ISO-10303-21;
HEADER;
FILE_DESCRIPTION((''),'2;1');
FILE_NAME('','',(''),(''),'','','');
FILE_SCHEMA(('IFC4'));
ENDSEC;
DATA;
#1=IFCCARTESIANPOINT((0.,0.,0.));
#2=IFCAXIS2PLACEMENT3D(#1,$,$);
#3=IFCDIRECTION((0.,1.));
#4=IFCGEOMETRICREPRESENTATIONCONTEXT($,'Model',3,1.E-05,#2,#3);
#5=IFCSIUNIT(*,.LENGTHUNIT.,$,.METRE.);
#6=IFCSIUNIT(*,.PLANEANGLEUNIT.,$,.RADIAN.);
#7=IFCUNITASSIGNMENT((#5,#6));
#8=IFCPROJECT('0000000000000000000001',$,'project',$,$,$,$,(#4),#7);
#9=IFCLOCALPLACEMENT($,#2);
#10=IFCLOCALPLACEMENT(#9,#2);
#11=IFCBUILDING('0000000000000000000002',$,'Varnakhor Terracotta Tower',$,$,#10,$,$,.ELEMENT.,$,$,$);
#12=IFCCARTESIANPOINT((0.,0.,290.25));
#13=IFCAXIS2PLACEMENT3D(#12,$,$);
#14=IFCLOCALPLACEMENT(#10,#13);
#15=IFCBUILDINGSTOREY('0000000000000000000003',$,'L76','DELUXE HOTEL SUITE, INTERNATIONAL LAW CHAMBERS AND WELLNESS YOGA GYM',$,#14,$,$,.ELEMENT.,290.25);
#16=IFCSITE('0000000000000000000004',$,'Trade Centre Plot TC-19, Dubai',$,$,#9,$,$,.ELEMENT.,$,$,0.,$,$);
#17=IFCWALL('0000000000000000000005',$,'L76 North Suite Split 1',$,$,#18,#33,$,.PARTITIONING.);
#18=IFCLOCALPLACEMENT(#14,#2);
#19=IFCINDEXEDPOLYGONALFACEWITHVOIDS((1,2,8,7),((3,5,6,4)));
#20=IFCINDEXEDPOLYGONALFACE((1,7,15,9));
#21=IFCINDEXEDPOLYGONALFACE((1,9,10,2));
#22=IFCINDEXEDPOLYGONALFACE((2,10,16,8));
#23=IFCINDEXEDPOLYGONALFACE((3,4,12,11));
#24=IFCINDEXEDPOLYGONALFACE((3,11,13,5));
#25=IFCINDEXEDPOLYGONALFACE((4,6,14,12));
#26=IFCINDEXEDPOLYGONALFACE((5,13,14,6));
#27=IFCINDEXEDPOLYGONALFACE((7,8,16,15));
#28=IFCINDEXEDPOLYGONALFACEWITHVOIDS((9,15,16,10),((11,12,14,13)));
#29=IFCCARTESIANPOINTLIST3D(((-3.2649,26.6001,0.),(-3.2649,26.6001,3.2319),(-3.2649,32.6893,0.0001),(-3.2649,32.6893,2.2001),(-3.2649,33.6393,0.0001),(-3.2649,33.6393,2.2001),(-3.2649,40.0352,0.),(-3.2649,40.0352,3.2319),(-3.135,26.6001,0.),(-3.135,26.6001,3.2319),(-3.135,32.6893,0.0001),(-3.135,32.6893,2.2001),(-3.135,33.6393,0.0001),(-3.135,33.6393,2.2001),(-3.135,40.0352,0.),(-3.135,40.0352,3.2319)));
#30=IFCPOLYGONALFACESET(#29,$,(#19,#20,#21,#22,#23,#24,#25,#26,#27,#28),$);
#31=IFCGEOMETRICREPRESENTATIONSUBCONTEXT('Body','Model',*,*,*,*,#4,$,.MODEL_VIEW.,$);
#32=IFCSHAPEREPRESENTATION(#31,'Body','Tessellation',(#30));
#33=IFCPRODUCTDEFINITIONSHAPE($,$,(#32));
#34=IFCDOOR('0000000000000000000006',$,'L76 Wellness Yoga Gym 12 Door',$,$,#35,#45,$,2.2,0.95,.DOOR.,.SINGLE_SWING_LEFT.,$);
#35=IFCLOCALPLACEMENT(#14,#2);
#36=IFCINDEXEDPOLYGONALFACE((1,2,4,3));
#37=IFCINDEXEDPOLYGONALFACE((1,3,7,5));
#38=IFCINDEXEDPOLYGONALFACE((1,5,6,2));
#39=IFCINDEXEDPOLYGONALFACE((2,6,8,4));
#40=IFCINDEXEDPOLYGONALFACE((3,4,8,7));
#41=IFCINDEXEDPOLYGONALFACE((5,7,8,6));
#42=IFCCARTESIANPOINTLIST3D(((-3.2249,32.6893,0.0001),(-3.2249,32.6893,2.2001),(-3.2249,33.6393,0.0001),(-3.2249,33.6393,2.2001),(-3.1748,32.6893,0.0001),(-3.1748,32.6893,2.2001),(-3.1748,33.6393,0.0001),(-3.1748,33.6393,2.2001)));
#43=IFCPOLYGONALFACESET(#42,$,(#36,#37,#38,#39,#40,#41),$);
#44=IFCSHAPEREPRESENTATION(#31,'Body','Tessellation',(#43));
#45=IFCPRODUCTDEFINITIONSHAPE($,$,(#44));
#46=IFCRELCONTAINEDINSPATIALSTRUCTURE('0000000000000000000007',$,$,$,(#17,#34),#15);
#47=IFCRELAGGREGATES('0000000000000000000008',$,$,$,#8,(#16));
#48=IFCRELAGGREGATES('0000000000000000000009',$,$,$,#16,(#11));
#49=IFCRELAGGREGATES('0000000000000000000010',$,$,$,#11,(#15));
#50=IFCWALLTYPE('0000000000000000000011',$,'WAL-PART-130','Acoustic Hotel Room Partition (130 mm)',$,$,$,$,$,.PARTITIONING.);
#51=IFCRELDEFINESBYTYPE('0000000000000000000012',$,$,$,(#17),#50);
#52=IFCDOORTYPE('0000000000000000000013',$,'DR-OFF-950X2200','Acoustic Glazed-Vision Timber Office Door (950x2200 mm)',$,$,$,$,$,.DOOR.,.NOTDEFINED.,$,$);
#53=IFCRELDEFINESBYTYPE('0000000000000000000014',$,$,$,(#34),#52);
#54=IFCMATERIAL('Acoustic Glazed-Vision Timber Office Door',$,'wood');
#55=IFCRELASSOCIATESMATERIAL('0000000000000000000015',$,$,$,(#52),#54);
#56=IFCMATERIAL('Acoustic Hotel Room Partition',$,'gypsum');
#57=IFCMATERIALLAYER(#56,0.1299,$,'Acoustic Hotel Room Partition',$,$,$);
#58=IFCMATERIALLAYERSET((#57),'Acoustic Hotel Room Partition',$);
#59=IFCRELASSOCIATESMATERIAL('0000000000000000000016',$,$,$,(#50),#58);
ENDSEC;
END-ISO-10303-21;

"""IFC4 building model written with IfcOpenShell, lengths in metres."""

from ifc_helpers import new_model, si_unit, direction, frame, frame_2d, origin, place, context, subcontext, project, spatial, rectangle, extrude, source, transform, mapped, material, layer, layer_set, type_object, type_shapes, element, fill, save


model = new_model("IFC4")

# Units and contexts
model_context = context("Model", 3, precision=1e-05, world=origin(), true_north=direction((0.0, 1.0)))
body_context = subcontext(model_context, "Body", "Model", "MODEL_VIEW")
ifc_project = project(units=[si_unit("LENGTHUNIT", "METRE"), si_unit("PLANEANGLEUNIT", "RADIAN")], contexts=[model_context])

# Site, building, storey
site_placement = place(None, origin())
site = spatial("IfcSite", under=ifc_project, at=site_placement, Name="Trade Centre Plot TC-19, Dubai", CompositionType="ELEMENT", RefElevation=0.0)
building_placement = place(site_placement, origin())
building = spatial("IfcBuilding", under=site, at=building_placement, Name="Varnakhor Terracotta Tower", CompositionType="ELEMENT")
storey_placement = place(building_placement, frame((0.0, 0.0, 290.25)))
storey = spatial("IfcBuildingStorey", under=building, at=storey_placement, Name="L76", Description="DELUXE HOTEL SUITE, INTERNATIONAL LAW CHAMBERS AND WELLNESS YOGA GYM", CompositionType="ELEMENT", Elevation=290.25)

# Shared definitions
ifc_material_1 = material(Name="Acoustic Glazed-Vision Timber Office Door", Category="wood")
door_type_1 = type_object("IfcDoorType", Name="DR-OFF-950X2200", Description="Acoustic Glazed-Vision Timber Office Door (950x2200 mm)", OperationType="NOTDEFINED", PredefinedType="DOOR", material=ifc_material_1)
shared_shape_1 = source(origin(), body_context, "Body", "SweptSolid", [
    extrude(rectangle(XDim=0.95, YDim=2.2, at=frame_2d((0.4751, 1.1001))), frame((0.0, 0.0249, 0.0), z_axis=(0.0, -1.0, 0.0), x_axis=(1.0, 0.0, 0.0)), (0.0, 0.0, 1.0), 0.05),
])
type_shapes(door_type_1, [shared_shape_1])

# Shared definitions
ifc_material_2 = material(Name="Acoustic Hotel Room Partition", Category="gypsum")
ifc_layer_1 = layer(ifc_material_2, 0.1299, Name="Acoustic Hotel Room Partition")
ifc_layer_set_1 = layer_set([ifc_layer_1], Name="Acoustic Hotel Room Partition")
wall_type_1 = type_object("IfcWallType", Name="WAL-PART-130", Description="Acoustic Hotel Room Partition (130 mm)", PredefinedType="PARTITIONING", material=ifc_layer_set_1)

# Wall, opening, door
wall_1_placement = place(storey_placement, frame((-3.2, 26.6001, 0.0), z_axis=(0.0, 0.0, 1.0), x_axis=(0.0, 1.0, 0.0)))
wall_1 = element("IfcWall", 1, at=wall_1_placement, inside=storey, type_object=wall_type_1, Name="L76 North Suite Split 1", PredefinedType="PARTITIONING", context=body_context, shape_type="SweptSolid", body=[
    extrude(rectangle(XDim=13.4351, YDim=0.1299, at=frame_2d((6.7175, 0.0))), origin(), (0.0, 0.0, 1.0), 3.2319),
])
opening_1_placement = place(wall_1_placement, frame((6.0891, 0.0, 0.0)))
opening_1 = element("IfcOpeningElement", 2, at=opening_1_placement, cuts=wall_1, PredefinedType="OPENING", context=body_context, shape_type="SweptSolid", body=[
    extrude(rectangle(XDim=0.95, YDim=2.2, at=frame_2d((0.4751, 1.1001))), frame((0.0, 0.075, 0.0), z_axis=(0.0, -1.0, 0.0), x_axis=(1.0, 0.0, 0.0)), (0.0, 0.0, 1.0), 0.1499),
])
door_1_placement = place(opening_1_placement, origin())
door_1 = element("IfcDoor", 3, at=door_1_placement, inside=storey, type_object=door_type_1, Name="L76 Wellness Yoga Gym 12 Door", OperationType="SINGLE_SWING_LEFT", OverallHeight=2.2, OverallWidth=0.95, PredefinedType="DOOR", context=body_context, shape_type="MappedRepresentation", body=[
    mapped(shared_shape_1, transform((0.0, 0.0, 0.0), scale=1.0)),
])
fill(opening_1, door_1)

save(model, "model.ifc")
